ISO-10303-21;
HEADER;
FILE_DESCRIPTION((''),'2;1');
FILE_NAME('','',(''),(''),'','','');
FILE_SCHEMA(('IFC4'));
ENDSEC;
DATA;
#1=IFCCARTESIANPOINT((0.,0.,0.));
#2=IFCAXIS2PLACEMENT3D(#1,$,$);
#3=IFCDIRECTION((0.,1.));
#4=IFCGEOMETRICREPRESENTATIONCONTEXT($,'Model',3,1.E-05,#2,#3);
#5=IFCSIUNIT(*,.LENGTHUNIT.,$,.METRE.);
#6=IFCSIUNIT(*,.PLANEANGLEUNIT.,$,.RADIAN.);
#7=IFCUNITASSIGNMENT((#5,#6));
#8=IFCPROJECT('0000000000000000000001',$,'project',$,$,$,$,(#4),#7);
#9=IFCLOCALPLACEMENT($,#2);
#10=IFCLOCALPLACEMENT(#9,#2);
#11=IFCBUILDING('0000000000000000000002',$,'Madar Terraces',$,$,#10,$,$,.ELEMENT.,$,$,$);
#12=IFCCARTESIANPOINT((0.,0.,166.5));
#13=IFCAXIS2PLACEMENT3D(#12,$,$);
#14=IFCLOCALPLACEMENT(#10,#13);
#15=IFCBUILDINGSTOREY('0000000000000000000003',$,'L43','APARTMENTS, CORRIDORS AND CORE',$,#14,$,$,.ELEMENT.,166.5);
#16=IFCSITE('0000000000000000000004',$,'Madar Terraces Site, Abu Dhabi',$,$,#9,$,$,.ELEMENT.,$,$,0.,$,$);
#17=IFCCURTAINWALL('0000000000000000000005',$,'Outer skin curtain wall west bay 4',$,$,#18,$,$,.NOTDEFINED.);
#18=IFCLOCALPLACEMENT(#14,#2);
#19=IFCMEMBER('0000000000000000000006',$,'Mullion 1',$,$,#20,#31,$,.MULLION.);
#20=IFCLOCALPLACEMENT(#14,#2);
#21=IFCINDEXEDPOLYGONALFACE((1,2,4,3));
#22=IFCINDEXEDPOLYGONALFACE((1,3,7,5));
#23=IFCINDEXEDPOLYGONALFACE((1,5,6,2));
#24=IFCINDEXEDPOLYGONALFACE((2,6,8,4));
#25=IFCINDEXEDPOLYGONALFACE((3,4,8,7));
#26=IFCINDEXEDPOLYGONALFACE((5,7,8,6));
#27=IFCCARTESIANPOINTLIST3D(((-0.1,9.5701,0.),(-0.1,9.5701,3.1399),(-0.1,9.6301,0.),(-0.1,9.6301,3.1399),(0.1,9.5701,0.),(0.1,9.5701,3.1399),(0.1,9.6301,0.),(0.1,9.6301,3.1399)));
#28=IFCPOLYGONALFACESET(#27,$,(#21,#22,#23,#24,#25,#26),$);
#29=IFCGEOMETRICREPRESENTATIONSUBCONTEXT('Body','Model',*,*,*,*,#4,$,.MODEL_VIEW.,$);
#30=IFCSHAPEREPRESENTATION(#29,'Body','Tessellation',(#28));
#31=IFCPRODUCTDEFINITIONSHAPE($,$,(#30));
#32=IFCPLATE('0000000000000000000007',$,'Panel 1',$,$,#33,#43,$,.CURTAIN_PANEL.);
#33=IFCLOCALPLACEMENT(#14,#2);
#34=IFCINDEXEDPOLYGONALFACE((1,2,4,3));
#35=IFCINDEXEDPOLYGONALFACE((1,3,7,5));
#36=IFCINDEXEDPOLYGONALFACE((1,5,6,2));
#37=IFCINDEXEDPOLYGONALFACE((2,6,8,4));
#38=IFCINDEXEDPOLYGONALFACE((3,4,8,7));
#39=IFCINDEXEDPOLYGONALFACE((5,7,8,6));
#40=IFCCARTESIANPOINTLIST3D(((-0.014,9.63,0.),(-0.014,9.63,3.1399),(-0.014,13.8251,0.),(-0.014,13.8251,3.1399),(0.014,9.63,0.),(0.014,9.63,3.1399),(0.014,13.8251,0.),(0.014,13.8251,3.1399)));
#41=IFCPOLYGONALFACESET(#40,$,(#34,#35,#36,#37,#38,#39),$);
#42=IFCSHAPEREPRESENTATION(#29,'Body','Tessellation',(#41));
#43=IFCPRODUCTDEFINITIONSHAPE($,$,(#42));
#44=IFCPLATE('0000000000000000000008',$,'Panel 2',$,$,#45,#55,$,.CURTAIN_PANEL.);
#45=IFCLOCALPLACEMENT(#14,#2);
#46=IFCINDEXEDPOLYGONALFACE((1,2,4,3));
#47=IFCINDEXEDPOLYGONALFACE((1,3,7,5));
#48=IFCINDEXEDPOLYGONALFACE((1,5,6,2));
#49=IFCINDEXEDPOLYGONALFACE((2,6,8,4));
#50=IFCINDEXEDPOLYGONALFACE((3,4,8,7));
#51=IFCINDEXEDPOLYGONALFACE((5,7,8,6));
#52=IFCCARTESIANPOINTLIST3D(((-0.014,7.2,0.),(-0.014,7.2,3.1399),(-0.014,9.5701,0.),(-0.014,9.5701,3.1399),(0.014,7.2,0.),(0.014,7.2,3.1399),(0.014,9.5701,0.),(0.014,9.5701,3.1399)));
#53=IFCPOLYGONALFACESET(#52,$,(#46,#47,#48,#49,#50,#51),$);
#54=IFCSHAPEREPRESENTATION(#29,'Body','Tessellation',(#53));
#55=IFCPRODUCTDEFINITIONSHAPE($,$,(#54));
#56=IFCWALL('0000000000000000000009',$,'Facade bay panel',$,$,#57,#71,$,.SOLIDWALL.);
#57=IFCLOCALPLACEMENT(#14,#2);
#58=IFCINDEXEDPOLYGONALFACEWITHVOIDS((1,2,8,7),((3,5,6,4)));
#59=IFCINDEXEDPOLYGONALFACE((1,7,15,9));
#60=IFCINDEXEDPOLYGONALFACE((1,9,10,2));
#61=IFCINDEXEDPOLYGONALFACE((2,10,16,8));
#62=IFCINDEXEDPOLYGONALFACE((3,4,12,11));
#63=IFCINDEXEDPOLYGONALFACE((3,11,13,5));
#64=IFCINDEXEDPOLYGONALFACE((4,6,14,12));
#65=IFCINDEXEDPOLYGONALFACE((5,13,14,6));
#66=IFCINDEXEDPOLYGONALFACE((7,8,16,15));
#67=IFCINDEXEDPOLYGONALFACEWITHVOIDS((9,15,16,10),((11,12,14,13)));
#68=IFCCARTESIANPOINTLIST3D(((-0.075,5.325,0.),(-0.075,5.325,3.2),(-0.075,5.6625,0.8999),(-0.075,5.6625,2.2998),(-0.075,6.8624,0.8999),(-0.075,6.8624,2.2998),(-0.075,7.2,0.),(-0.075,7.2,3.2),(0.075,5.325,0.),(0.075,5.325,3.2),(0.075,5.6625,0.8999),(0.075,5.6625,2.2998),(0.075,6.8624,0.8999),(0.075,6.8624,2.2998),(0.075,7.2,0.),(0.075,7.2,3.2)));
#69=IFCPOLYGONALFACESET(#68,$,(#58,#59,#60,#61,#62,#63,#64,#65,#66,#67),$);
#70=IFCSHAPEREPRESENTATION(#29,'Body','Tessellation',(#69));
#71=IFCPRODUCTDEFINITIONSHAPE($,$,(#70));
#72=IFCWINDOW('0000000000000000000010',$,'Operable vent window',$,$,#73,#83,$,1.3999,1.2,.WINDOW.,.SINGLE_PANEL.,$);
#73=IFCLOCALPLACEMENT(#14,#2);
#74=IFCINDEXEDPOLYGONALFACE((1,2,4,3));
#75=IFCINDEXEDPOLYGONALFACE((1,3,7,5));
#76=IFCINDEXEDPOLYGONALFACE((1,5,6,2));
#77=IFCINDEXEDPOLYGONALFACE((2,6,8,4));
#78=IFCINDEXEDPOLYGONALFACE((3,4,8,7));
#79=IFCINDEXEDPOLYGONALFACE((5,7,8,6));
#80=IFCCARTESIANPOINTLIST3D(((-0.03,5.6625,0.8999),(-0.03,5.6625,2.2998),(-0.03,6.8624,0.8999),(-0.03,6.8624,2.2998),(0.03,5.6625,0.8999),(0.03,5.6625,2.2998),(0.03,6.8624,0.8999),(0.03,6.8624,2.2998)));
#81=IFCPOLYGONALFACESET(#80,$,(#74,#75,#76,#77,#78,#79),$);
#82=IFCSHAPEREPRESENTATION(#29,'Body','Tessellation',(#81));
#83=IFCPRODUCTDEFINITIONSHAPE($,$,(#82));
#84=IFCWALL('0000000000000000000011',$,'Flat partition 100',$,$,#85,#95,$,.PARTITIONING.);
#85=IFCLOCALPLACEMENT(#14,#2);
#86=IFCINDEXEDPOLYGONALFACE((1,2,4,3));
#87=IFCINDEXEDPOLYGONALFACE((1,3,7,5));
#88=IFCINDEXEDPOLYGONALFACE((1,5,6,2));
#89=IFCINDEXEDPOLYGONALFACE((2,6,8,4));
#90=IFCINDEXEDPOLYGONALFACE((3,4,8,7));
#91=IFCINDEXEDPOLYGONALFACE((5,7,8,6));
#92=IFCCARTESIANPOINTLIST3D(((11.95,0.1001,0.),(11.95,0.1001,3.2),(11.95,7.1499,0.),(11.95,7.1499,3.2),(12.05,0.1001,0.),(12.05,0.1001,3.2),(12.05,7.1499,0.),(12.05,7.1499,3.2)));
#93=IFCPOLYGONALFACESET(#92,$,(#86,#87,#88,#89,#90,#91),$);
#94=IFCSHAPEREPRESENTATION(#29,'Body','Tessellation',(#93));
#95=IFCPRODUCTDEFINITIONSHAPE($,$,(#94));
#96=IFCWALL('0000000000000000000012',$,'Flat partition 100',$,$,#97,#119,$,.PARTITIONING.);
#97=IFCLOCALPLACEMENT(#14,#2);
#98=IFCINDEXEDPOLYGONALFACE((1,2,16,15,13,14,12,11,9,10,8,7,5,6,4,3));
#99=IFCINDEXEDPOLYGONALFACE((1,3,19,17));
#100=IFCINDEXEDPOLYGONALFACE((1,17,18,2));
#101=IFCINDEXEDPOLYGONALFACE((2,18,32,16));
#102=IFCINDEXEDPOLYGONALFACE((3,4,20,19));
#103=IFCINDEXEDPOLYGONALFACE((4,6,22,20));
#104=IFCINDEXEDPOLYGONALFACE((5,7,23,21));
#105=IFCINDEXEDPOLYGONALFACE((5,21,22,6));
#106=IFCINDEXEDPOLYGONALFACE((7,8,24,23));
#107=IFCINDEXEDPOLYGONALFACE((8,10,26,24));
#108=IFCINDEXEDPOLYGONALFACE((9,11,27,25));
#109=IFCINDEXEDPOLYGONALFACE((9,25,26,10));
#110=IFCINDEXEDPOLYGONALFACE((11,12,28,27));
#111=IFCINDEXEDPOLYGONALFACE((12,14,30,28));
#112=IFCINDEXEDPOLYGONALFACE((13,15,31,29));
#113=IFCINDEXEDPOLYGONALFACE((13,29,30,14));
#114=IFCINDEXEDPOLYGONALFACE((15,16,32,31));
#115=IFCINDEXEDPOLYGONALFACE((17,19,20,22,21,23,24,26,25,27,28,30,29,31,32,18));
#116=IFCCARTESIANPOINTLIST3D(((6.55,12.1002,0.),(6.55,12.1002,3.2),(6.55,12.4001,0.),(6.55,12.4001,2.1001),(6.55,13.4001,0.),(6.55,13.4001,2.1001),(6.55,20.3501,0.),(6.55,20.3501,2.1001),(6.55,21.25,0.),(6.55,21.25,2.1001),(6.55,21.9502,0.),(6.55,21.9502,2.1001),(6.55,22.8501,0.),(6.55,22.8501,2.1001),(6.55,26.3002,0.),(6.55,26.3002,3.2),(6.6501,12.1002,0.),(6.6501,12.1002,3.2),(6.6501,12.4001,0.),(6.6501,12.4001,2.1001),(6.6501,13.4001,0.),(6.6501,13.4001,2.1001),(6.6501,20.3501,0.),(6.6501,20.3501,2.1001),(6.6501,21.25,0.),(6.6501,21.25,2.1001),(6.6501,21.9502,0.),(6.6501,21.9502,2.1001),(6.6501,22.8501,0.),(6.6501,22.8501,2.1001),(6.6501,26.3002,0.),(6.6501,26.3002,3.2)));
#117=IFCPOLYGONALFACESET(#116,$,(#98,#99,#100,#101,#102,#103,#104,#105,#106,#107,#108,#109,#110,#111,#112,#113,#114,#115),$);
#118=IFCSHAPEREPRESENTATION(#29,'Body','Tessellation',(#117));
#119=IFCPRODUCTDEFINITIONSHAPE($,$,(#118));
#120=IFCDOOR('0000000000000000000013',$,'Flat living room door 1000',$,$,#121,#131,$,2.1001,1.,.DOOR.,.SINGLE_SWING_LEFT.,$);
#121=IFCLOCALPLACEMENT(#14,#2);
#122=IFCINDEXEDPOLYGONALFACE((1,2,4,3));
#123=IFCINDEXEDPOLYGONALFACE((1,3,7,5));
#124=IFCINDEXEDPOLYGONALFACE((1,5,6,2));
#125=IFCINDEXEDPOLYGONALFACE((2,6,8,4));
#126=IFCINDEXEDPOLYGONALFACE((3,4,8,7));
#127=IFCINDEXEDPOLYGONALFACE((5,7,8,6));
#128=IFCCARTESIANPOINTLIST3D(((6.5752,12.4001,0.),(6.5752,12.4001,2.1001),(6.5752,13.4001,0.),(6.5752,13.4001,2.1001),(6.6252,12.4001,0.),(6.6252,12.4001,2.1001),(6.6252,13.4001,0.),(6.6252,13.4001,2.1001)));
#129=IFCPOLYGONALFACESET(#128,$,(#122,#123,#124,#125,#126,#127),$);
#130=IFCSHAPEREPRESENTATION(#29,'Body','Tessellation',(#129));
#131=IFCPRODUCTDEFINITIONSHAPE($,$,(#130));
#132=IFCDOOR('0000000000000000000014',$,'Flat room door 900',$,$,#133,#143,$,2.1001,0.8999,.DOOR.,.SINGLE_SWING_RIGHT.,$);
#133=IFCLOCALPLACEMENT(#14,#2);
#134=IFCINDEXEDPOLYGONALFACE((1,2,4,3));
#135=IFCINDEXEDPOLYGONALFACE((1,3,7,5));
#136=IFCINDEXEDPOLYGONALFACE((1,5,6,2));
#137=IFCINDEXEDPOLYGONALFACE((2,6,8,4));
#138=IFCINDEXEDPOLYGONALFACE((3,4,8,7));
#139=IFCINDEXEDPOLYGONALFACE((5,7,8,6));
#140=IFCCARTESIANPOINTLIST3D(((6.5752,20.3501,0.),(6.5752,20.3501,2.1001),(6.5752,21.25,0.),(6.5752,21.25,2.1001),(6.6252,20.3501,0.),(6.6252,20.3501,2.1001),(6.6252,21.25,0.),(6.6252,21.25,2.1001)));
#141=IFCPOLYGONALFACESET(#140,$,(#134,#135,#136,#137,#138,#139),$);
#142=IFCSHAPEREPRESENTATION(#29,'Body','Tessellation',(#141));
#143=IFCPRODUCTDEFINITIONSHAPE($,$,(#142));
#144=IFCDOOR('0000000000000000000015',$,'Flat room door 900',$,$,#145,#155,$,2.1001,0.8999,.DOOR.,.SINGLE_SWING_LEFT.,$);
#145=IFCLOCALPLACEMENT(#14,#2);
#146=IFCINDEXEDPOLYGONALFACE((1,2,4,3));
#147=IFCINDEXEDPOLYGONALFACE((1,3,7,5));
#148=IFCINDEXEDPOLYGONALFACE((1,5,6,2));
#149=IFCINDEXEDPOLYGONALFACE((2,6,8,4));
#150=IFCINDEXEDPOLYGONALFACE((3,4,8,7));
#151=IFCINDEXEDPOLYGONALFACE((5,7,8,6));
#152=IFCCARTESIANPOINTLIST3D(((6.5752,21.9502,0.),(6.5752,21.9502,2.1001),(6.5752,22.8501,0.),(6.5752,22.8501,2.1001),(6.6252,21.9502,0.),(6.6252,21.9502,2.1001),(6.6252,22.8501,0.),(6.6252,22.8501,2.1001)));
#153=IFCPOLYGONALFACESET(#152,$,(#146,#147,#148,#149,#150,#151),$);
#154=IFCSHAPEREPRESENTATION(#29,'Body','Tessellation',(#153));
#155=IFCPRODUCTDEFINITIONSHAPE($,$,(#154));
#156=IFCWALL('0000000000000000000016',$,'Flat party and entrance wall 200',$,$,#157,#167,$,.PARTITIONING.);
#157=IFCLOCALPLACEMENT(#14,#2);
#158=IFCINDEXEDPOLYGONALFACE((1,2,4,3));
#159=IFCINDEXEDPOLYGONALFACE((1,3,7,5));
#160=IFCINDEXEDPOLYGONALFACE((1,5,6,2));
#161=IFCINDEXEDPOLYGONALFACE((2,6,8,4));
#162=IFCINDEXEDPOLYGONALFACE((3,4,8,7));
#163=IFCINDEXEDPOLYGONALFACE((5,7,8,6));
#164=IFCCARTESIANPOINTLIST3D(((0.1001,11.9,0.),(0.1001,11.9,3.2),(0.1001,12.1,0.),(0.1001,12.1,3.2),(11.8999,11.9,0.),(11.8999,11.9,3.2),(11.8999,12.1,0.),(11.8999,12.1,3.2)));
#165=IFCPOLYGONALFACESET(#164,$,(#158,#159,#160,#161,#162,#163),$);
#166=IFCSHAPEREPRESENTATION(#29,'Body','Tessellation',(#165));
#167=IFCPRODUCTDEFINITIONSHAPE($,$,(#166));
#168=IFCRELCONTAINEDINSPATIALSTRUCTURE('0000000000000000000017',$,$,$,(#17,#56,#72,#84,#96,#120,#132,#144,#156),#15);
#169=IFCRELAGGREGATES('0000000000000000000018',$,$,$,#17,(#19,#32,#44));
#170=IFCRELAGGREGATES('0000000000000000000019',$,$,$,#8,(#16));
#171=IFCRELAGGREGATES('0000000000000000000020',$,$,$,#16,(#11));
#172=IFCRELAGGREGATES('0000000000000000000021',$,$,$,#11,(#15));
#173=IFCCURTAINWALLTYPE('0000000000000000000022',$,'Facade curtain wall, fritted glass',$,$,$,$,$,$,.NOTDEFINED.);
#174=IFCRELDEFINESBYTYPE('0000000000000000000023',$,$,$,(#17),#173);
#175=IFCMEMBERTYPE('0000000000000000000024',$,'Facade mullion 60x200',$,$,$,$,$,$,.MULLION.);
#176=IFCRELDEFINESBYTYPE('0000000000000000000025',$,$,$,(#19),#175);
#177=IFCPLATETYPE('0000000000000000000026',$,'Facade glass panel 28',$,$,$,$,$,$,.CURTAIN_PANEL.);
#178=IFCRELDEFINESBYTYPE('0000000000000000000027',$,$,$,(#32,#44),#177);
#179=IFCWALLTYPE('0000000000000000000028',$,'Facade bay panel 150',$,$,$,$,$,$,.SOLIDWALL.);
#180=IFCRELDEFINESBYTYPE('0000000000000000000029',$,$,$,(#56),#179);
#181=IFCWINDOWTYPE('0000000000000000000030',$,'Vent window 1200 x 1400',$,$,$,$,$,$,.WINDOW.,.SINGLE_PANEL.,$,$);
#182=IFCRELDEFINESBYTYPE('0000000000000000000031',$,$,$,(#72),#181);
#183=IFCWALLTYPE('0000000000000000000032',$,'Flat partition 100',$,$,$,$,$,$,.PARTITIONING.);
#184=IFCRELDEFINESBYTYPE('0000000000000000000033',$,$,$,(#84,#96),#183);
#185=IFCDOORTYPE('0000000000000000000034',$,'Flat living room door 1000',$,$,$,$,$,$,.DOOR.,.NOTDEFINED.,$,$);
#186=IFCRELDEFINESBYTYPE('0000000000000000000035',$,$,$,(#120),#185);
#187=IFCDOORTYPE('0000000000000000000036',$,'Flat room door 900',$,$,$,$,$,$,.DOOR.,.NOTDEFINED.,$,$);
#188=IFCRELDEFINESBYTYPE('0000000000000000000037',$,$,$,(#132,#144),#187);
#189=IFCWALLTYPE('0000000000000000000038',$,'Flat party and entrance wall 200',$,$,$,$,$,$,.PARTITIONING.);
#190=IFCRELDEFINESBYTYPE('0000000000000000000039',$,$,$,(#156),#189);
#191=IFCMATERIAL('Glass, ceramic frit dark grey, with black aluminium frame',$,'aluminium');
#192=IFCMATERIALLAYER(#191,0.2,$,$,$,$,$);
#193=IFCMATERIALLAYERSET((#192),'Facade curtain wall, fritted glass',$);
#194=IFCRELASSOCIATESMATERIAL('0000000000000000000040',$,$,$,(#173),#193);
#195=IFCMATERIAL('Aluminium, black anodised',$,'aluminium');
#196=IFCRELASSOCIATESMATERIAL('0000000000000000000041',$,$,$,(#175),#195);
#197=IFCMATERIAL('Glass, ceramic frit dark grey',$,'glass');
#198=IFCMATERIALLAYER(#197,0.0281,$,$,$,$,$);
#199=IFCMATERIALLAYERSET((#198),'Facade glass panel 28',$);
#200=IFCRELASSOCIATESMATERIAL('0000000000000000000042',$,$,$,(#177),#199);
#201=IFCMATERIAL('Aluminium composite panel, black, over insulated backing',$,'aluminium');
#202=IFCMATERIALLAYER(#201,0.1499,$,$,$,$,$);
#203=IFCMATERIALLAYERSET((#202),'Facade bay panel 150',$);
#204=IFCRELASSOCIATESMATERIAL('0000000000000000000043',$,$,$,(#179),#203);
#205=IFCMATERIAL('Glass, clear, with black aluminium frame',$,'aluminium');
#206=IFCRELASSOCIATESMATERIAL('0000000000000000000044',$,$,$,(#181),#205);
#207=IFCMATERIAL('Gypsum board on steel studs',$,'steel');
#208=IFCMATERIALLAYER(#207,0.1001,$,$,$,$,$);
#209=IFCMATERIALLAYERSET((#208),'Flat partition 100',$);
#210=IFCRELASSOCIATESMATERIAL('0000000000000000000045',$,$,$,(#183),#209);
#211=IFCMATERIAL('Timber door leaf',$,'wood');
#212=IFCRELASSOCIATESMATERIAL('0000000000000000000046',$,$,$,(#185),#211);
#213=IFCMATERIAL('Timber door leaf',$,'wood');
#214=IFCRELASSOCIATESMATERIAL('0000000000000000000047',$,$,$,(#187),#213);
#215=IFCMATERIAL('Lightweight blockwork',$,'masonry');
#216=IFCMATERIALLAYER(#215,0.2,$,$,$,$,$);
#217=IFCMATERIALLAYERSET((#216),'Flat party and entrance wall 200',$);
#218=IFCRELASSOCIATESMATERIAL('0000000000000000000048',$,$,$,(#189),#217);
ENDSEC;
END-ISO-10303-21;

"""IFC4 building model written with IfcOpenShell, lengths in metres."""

from ifc_helpers import new_model, si_unit, direction, frame, frame_2d, origin, origin_2d, place, context, subcontext, project, spatial, rectangle, extrude, material, layer, layer_set, material_profile, profile_set, type_object, element, fill, aggregate, save


model = new_model("IFC4")

# Units and contexts
model_context = context("Model", 3, precision=1e-05, world=origin(), true_north=direction((0.0, 1.0)))
body_context = subcontext(model_context, "Body", "Model", "MODEL_VIEW")
ifc_project = project(units=[si_unit("LENGTHUNIT", "METRE"), si_unit("PLANEANGLEUNIT", "RADIAN")], contexts=[model_context])

# Site, building, storey
site_placement = place(None, origin())
site = spatial("IfcSite", under=ifc_project, at=site_placement, Name="Madar Terraces Site, Abu Dhabi", CompositionType="ELEMENT", RefElevation=0.0)
building_placement = place(site_placement, origin())
building = spatial("IfcBuilding", under=site, at=building_placement, Name="Madar Terraces", CompositionType="ELEMENT")
storey_placement = place(building_placement, frame((0.0, 0.0, 166.5)))
storey = spatial("IfcBuildingStorey", under=building, at=storey_placement, Name="L43", Description="APARTMENTS, CORRIDORS AND CORE", CompositionType="ELEMENT", Elevation=166.5)

# Curtain wall, member, plates
ifc_material_1 = material(Name="Glass, ceramic frit dark grey, with black aluminium frame", Category="aluminium")
ifc_layer_1 = layer(ifc_material_1, 0.2)
ifc_layer_set_1 = layer_set([ifc_layer_1], Name="Facade curtain wall, fritted glass")
curtain_wall_type = type_object("IfcCurtainWallType", Name="Facade curtain wall, fritted glass", PredefinedType="NOTDEFINED", material=ifc_layer_set_1)
curtain_wall_placement = place(storey_placement, origin())
curtain_wall = element("IfcCurtainWall", 1, at=curtain_wall_placement, inside=storey, type_object=curtain_wall_type, Name="Outer skin curtain wall west bay 4", PredefinedType="NOTDEFINED")
ifc_material_2 = material(Name="Aluminium, black anodised", Category="aluminium")
ifc_material_profile = material_profile(ifc_material_2, rectangle(XDim=0.2, YDim=0.0601, at=origin_2d()), Name="Facade mullion 60x200")
ifc_profile_set = profile_set([ifc_material_profile], Name="Aluminium, black anodised")
member_type = type_object("IfcMemberType", Name="Facade mullion 60x200", PredefinedType="MULLION", material=ifc_profile_set)
member_placement = place(storey_placement, frame((0.0, 9.6001, 0.0), z_axis=(0.0, 0.0, 1.0), x_axis=(1.0, 0.0, 0.0)))
member = element("IfcMember", 2, at=member_placement, type_object=member_type, Name="Mullion 1", PredefinedType="MULLION", context=body_context, shape_type="SweptSolid", body=[
    extrude(rectangle(XDim=0.2, YDim=0.0601, at=origin_2d()), origin(), (0.0, 0.0, 1.0), 3.1399),
])
ifc_material_3 = material(Name="Glass, ceramic frit dark grey", Category="glass")
ifc_layer_2 = layer(ifc_material_3, 0.0281)
ifc_layer_set_2 = layer_set([ifc_layer_2], Name="Facade glass panel 28")
plate_type = type_object("IfcPlateType", Name="Facade glass panel 28", PredefinedType="CURTAIN_PANEL", material=ifc_layer_set_2)
plate_1_placement = place(storey_placement, frame((0.0, 11.7275, 0.0), z_axis=(0.0, 0.0, 1.0), x_axis=(0.0, -1.0, 0.0)))
plate_1 = element("IfcPlate", 3, at=plate_1_placement, type_object=plate_type, Name="Panel 1", PredefinedType="CURTAIN_PANEL", context=body_context, shape_type="SweptSolid", body=[
    extrude(rectangle(XDim=4.1951, YDim=0.0281, at=origin_2d()), origin(), (0.0, 0.0, 1.0), 3.1399),
])
plate_2_placement = place(storey_placement, frame((0.0, 8.385, 0.0), z_axis=(0.0, 0.0, 1.0), x_axis=(0.0, -1.0, 0.0)))
plate_2 = element("IfcPlate", 4, at=plate_2_placement, type_object=plate_type, Name="Panel 2", PredefinedType="CURTAIN_PANEL", context=body_context, shape_type="SweptSolid", body=[
    extrude(rectangle(XDim=2.3701, YDim=0.0281, at=origin_2d()), origin(), (0.0, 0.0, 1.0), 3.1399),
])
aggregate(curtain_wall, [member, plate_1, plate_2])

# Wall, opening, window
ifc_material_4 = material(Name="Aluminium composite panel, black, over insulated backing", Category="aluminium")
ifc_layer_3 = layer(ifc_material_4, 0.1499)
ifc_layer_set_3 = layer_set([ifc_layer_3], Name="Facade bay panel 150")
wall_type_1 = type_object("IfcWallType", Name="Facade bay panel 150", PredefinedType="SOLIDWALL", material=ifc_layer_set_3)
wall_1_placement = place(storey_placement, frame((0.0, 7.2, 0.0), z_axis=(0.0, 0.0, 1.0), x_axis=(0.0, -1.0, 0.0)))
wall_1 = element("IfcWall", 5, at=wall_1_placement, inside=storey, type_object=wall_type_1, Name="Facade bay panel", PredefinedType="SOLIDWALL", context=body_context, shape_type="SweptSolid", body=[
    extrude(rectangle(XDim=1.875, YDim=0.1499, at=frame_2d((0.9375, 0.0))), origin(), (0.0, 0.0, 1.0), 3.2),
])
opening_1_placement = place(wall_1_placement, frame((0.3374, 0.0, 0.8999)))
opening_1 = element("IfcOpeningElement", 6, at=opening_1_placement, cuts=wall_1, PredefinedType="OPENING", context=body_context, shape_type="SweptSolid", body=[
    extrude(rectangle(XDim=1.2, YDim=1.3999, at=frame_2d((0.6001, 0.7))), frame((0.0, 0.085, 0.0), z_axis=(0.0, -1.0, 0.0), x_axis=(1.0, 0.0, 0.0)), (0.0, 0.0, 1.0), 0.1699),
])
ifc_material_5 = material(Name="Glass, clear, with black aluminium frame", Category="aluminium")
window_type = type_object("IfcWindowType", Name="Vent window 1200 x 1400", PartitioningType="SINGLE_PANEL", PredefinedType="WINDOW", material=ifc_material_5)
window_placement = place(opening_1_placement, origin())
window = element("IfcWindow", 7, at=window_placement, inside=storey, type_object=window_type, Name="Operable vent window", OverallHeight=1.3999, OverallWidth=1.2, PartitioningType="SINGLE_PANEL", PredefinedType="WINDOW", context=body_context, shape_type="SweptSolid", body=[
    extrude(rectangle(XDim=1.2, YDim=1.3999, at=frame_2d((0.6001, 0.7))), frame((0.0, 0.03, 0.0), z_axis=(0.0, -1.0, 0.0), x_axis=(1.0, 0.0, 0.0)), (0.0, 0.0, 1.0), 0.0601),
])
fill(opening_1, window)

# Wall
ifc_material_6 = material(Name="Gypsum board on steel studs", Category="steel")
ifc_layer_4 = layer(ifc_material_6, 0.1001)
ifc_layer_set_4 = layer_set([ifc_layer_4], Name="Flat partition 100")
wall_type_2 = type_object("IfcWallType", Name="Flat partition 100", PredefinedType="PARTITIONING", material=ifc_layer_set_4)
wall_2_placement = place(storey_placement, frame((12.0, 7.1499, 0.0), z_axis=(0.0, 0.0, 1.0), x_axis=(0.0, -1.0, 0.0)))
element("IfcWall", 8, at=wall_2_placement, inside=storey, type_object=wall_type_2, Name="Flat partition 100", PredefinedType="PARTITIONING", context=body_context, shape_type="SweptSolid", body=[
    extrude(rectangle(XDim=7.0498, YDim=0.1001, at=frame_2d((3.5249, 0.0))), origin(), (0.0, 0.0, 1.0), 3.2),
])

# Wall, openings, doors
wall_3_placement = place(storey_placement, frame((6.6001, 12.1001, 0.0), z_axis=(0.0, 0.0, 1.0), x_axis=(0.0, 1.0, 0.0)))
wall_3 = element("IfcWall", 9, at=wall_3_placement, inside=storey, type_object=wall_type_2, Name="Flat partition 100", PredefinedType="PARTITIONING", context=body_context, shape_type="SweptSolid", body=[
    extrude(rectangle(XDim=14.2, YDim=0.1001, at=frame_2d((7.1001, 0.0))), origin(), (0.0, 0.0, 1.0), 3.2),
])
opening_2_placement = place(wall_3_placement, frame((0.3, 0.0, 0.0)))
opening_2 = element("IfcOpeningElement", 10, at=opening_2_placement, cuts=wall_3, PredefinedType="OPENING", context=body_context, shape_type="SweptSolid", body=[
    extrude(rectangle(XDim=1.0, YDim=2.1001, at=frame_2d((0.5, 1.05))), frame((0.0, 0.0601, 0.0), z_axis=(0.0, -1.0, 0.0), x_axis=(1.0, 0.0, 0.0)), (0.0, 0.0, 1.0), 0.1201),
])
opening_3_placement = place(wall_3_placement, frame((8.25, 0.0, 0.0)))
opening_3 = element("IfcOpeningElement", 11, at=opening_3_placement, cuts=wall_3, PredefinedType="OPENING", context=body_context, shape_type="SweptSolid", body=[
    extrude(rectangle(XDim=0.8999, YDim=2.1001, at=frame_2d((0.45, 1.05))), frame((0.0, 0.0601, 0.0), z_axis=(0.0, -1.0, 0.0), x_axis=(1.0, 0.0, 0.0)), (0.0, 0.0, 1.0), 0.1201),
])
opening_4_placement = place(wall_3_placement, frame((9.8501, 0.0, 0.0)))
opening_4 = element("IfcOpeningElement", 12, at=opening_4_placement, cuts=wall_3, PredefinedType="OPENING", context=body_context, shape_type="SweptSolid", body=[
    extrude(rectangle(XDim=0.8999, YDim=2.1001, at=frame_2d((0.45, 1.05))), frame((0.0, 0.0601, 0.0), z_axis=(0.0, -1.0, 0.0), x_axis=(1.0, 0.0, 0.0)), (0.0, 0.0, 1.0), 0.1201),
])
ifc_material_7 = material(Name="Timber door leaf", Category="wood")
door_type_1 = type_object("IfcDoorType", Name="Flat living room door 1000", OperationType="NOTDEFINED", PredefinedType="DOOR", material=ifc_material_7)
door_1_placement = place(opening_2_placement, origin())
door_1 = element("IfcDoor", 13, at=door_1_placement, inside=storey, type_object=door_type_1, Name="Flat living room door 1000", OperationType="SINGLE_SWING_LEFT", OverallHeight=2.1001, OverallWidth=1.0, PredefinedType="DOOR", context=body_context, shape_type="SweptSolid", body=[
    extrude(rectangle(XDim=1.0, YDim=2.1001, at=frame_2d((0.5, 1.05))), frame((0.0, 0.0249, 0.0), z_axis=(0.0, -1.0, 0.0), x_axis=(1.0, 0.0, 0.0)), (0.0, 0.0, 1.0), 0.05),
])
fill(opening_2, door_1)
ifc_material_8 = material(Name="Timber door leaf", Category="wood")
door_type_2 = type_object("IfcDoorType", Name="Flat room door 900", OperationType="NOTDEFINED", PredefinedType="DOOR", material=ifc_material_8)
door_2_placement = place(opening_3_placement, origin())
door_2 = element("IfcDoor", 14, at=door_2_placement, inside=storey, type_object=door_type_2, Name="Flat room door 900", OperationType="SINGLE_SWING_RIGHT", OverallHeight=2.1001, OverallWidth=0.8999, PredefinedType="DOOR", context=body_context, shape_type="SweptSolid", body=[
    extrude(rectangle(XDim=0.8999, YDim=2.1001, at=frame_2d((0.45, 1.05))), frame((0.0, 0.0249, 0.0), z_axis=(0.0, -1.0, 0.0), x_axis=(1.0, 0.0, 0.0)), (0.0, 0.0, 1.0), 0.05),
])
fill(opening_3, door_2)
door_3_placement = place(opening_4_placement, origin())
door_3 = element("IfcDoor", 15, at=door_3_placement, inside=storey, type_object=door_type_2, Name="Flat room door 900", OperationType="SINGLE_SWING_LEFT", OverallHeight=2.1001, OverallWidth=0.8999, PredefinedType="DOOR", context=body_context, shape_type="SweptSolid", body=[
    extrude(rectangle(XDim=0.8999, YDim=2.1001, at=frame_2d((0.45, 1.05))), frame((0.0, 0.0249, 0.0), z_axis=(0.0, -1.0, 0.0), x_axis=(1.0, 0.0, 0.0)), (0.0, 0.0, 1.0), 0.05),
])
fill(opening_4, door_3)

# Wall
ifc_material_9 = material(Name="Lightweight blockwork", Category="masonry")
ifc_layer_5 = layer(ifc_material_9, 0.2)
ifc_layer_set_5 = layer_set([ifc_layer_5], Name="Flat party and entrance wall 200")
wall_type_3 = type_object("IfcWallType", Name="Flat party and entrance wall 200", PredefinedType="PARTITIONING", material=ifc_layer_set_5)
wall_4_placement = place(storey_placement, frame((0.1001, 12.0, 0.0), z_axis=(0.0, 0.0, 1.0), x_axis=(1.0, 0.0, 0.0)))
element("IfcWall", 16, at=wall_4_placement, inside=storey, type_object=wall_type_3, Name="Flat party and entrance wall 200", PredefinedType="PARTITIONING", context=body_context, shape_type="SweptSolid", body=[
    extrude(rectangle(XDim=11.7998, YDim=0.2, at=frame_2d((5.8999, 0.0))), origin(), (0.0, 0.0, 1.0), 3.2),
])

save(model, "model.ifc")
